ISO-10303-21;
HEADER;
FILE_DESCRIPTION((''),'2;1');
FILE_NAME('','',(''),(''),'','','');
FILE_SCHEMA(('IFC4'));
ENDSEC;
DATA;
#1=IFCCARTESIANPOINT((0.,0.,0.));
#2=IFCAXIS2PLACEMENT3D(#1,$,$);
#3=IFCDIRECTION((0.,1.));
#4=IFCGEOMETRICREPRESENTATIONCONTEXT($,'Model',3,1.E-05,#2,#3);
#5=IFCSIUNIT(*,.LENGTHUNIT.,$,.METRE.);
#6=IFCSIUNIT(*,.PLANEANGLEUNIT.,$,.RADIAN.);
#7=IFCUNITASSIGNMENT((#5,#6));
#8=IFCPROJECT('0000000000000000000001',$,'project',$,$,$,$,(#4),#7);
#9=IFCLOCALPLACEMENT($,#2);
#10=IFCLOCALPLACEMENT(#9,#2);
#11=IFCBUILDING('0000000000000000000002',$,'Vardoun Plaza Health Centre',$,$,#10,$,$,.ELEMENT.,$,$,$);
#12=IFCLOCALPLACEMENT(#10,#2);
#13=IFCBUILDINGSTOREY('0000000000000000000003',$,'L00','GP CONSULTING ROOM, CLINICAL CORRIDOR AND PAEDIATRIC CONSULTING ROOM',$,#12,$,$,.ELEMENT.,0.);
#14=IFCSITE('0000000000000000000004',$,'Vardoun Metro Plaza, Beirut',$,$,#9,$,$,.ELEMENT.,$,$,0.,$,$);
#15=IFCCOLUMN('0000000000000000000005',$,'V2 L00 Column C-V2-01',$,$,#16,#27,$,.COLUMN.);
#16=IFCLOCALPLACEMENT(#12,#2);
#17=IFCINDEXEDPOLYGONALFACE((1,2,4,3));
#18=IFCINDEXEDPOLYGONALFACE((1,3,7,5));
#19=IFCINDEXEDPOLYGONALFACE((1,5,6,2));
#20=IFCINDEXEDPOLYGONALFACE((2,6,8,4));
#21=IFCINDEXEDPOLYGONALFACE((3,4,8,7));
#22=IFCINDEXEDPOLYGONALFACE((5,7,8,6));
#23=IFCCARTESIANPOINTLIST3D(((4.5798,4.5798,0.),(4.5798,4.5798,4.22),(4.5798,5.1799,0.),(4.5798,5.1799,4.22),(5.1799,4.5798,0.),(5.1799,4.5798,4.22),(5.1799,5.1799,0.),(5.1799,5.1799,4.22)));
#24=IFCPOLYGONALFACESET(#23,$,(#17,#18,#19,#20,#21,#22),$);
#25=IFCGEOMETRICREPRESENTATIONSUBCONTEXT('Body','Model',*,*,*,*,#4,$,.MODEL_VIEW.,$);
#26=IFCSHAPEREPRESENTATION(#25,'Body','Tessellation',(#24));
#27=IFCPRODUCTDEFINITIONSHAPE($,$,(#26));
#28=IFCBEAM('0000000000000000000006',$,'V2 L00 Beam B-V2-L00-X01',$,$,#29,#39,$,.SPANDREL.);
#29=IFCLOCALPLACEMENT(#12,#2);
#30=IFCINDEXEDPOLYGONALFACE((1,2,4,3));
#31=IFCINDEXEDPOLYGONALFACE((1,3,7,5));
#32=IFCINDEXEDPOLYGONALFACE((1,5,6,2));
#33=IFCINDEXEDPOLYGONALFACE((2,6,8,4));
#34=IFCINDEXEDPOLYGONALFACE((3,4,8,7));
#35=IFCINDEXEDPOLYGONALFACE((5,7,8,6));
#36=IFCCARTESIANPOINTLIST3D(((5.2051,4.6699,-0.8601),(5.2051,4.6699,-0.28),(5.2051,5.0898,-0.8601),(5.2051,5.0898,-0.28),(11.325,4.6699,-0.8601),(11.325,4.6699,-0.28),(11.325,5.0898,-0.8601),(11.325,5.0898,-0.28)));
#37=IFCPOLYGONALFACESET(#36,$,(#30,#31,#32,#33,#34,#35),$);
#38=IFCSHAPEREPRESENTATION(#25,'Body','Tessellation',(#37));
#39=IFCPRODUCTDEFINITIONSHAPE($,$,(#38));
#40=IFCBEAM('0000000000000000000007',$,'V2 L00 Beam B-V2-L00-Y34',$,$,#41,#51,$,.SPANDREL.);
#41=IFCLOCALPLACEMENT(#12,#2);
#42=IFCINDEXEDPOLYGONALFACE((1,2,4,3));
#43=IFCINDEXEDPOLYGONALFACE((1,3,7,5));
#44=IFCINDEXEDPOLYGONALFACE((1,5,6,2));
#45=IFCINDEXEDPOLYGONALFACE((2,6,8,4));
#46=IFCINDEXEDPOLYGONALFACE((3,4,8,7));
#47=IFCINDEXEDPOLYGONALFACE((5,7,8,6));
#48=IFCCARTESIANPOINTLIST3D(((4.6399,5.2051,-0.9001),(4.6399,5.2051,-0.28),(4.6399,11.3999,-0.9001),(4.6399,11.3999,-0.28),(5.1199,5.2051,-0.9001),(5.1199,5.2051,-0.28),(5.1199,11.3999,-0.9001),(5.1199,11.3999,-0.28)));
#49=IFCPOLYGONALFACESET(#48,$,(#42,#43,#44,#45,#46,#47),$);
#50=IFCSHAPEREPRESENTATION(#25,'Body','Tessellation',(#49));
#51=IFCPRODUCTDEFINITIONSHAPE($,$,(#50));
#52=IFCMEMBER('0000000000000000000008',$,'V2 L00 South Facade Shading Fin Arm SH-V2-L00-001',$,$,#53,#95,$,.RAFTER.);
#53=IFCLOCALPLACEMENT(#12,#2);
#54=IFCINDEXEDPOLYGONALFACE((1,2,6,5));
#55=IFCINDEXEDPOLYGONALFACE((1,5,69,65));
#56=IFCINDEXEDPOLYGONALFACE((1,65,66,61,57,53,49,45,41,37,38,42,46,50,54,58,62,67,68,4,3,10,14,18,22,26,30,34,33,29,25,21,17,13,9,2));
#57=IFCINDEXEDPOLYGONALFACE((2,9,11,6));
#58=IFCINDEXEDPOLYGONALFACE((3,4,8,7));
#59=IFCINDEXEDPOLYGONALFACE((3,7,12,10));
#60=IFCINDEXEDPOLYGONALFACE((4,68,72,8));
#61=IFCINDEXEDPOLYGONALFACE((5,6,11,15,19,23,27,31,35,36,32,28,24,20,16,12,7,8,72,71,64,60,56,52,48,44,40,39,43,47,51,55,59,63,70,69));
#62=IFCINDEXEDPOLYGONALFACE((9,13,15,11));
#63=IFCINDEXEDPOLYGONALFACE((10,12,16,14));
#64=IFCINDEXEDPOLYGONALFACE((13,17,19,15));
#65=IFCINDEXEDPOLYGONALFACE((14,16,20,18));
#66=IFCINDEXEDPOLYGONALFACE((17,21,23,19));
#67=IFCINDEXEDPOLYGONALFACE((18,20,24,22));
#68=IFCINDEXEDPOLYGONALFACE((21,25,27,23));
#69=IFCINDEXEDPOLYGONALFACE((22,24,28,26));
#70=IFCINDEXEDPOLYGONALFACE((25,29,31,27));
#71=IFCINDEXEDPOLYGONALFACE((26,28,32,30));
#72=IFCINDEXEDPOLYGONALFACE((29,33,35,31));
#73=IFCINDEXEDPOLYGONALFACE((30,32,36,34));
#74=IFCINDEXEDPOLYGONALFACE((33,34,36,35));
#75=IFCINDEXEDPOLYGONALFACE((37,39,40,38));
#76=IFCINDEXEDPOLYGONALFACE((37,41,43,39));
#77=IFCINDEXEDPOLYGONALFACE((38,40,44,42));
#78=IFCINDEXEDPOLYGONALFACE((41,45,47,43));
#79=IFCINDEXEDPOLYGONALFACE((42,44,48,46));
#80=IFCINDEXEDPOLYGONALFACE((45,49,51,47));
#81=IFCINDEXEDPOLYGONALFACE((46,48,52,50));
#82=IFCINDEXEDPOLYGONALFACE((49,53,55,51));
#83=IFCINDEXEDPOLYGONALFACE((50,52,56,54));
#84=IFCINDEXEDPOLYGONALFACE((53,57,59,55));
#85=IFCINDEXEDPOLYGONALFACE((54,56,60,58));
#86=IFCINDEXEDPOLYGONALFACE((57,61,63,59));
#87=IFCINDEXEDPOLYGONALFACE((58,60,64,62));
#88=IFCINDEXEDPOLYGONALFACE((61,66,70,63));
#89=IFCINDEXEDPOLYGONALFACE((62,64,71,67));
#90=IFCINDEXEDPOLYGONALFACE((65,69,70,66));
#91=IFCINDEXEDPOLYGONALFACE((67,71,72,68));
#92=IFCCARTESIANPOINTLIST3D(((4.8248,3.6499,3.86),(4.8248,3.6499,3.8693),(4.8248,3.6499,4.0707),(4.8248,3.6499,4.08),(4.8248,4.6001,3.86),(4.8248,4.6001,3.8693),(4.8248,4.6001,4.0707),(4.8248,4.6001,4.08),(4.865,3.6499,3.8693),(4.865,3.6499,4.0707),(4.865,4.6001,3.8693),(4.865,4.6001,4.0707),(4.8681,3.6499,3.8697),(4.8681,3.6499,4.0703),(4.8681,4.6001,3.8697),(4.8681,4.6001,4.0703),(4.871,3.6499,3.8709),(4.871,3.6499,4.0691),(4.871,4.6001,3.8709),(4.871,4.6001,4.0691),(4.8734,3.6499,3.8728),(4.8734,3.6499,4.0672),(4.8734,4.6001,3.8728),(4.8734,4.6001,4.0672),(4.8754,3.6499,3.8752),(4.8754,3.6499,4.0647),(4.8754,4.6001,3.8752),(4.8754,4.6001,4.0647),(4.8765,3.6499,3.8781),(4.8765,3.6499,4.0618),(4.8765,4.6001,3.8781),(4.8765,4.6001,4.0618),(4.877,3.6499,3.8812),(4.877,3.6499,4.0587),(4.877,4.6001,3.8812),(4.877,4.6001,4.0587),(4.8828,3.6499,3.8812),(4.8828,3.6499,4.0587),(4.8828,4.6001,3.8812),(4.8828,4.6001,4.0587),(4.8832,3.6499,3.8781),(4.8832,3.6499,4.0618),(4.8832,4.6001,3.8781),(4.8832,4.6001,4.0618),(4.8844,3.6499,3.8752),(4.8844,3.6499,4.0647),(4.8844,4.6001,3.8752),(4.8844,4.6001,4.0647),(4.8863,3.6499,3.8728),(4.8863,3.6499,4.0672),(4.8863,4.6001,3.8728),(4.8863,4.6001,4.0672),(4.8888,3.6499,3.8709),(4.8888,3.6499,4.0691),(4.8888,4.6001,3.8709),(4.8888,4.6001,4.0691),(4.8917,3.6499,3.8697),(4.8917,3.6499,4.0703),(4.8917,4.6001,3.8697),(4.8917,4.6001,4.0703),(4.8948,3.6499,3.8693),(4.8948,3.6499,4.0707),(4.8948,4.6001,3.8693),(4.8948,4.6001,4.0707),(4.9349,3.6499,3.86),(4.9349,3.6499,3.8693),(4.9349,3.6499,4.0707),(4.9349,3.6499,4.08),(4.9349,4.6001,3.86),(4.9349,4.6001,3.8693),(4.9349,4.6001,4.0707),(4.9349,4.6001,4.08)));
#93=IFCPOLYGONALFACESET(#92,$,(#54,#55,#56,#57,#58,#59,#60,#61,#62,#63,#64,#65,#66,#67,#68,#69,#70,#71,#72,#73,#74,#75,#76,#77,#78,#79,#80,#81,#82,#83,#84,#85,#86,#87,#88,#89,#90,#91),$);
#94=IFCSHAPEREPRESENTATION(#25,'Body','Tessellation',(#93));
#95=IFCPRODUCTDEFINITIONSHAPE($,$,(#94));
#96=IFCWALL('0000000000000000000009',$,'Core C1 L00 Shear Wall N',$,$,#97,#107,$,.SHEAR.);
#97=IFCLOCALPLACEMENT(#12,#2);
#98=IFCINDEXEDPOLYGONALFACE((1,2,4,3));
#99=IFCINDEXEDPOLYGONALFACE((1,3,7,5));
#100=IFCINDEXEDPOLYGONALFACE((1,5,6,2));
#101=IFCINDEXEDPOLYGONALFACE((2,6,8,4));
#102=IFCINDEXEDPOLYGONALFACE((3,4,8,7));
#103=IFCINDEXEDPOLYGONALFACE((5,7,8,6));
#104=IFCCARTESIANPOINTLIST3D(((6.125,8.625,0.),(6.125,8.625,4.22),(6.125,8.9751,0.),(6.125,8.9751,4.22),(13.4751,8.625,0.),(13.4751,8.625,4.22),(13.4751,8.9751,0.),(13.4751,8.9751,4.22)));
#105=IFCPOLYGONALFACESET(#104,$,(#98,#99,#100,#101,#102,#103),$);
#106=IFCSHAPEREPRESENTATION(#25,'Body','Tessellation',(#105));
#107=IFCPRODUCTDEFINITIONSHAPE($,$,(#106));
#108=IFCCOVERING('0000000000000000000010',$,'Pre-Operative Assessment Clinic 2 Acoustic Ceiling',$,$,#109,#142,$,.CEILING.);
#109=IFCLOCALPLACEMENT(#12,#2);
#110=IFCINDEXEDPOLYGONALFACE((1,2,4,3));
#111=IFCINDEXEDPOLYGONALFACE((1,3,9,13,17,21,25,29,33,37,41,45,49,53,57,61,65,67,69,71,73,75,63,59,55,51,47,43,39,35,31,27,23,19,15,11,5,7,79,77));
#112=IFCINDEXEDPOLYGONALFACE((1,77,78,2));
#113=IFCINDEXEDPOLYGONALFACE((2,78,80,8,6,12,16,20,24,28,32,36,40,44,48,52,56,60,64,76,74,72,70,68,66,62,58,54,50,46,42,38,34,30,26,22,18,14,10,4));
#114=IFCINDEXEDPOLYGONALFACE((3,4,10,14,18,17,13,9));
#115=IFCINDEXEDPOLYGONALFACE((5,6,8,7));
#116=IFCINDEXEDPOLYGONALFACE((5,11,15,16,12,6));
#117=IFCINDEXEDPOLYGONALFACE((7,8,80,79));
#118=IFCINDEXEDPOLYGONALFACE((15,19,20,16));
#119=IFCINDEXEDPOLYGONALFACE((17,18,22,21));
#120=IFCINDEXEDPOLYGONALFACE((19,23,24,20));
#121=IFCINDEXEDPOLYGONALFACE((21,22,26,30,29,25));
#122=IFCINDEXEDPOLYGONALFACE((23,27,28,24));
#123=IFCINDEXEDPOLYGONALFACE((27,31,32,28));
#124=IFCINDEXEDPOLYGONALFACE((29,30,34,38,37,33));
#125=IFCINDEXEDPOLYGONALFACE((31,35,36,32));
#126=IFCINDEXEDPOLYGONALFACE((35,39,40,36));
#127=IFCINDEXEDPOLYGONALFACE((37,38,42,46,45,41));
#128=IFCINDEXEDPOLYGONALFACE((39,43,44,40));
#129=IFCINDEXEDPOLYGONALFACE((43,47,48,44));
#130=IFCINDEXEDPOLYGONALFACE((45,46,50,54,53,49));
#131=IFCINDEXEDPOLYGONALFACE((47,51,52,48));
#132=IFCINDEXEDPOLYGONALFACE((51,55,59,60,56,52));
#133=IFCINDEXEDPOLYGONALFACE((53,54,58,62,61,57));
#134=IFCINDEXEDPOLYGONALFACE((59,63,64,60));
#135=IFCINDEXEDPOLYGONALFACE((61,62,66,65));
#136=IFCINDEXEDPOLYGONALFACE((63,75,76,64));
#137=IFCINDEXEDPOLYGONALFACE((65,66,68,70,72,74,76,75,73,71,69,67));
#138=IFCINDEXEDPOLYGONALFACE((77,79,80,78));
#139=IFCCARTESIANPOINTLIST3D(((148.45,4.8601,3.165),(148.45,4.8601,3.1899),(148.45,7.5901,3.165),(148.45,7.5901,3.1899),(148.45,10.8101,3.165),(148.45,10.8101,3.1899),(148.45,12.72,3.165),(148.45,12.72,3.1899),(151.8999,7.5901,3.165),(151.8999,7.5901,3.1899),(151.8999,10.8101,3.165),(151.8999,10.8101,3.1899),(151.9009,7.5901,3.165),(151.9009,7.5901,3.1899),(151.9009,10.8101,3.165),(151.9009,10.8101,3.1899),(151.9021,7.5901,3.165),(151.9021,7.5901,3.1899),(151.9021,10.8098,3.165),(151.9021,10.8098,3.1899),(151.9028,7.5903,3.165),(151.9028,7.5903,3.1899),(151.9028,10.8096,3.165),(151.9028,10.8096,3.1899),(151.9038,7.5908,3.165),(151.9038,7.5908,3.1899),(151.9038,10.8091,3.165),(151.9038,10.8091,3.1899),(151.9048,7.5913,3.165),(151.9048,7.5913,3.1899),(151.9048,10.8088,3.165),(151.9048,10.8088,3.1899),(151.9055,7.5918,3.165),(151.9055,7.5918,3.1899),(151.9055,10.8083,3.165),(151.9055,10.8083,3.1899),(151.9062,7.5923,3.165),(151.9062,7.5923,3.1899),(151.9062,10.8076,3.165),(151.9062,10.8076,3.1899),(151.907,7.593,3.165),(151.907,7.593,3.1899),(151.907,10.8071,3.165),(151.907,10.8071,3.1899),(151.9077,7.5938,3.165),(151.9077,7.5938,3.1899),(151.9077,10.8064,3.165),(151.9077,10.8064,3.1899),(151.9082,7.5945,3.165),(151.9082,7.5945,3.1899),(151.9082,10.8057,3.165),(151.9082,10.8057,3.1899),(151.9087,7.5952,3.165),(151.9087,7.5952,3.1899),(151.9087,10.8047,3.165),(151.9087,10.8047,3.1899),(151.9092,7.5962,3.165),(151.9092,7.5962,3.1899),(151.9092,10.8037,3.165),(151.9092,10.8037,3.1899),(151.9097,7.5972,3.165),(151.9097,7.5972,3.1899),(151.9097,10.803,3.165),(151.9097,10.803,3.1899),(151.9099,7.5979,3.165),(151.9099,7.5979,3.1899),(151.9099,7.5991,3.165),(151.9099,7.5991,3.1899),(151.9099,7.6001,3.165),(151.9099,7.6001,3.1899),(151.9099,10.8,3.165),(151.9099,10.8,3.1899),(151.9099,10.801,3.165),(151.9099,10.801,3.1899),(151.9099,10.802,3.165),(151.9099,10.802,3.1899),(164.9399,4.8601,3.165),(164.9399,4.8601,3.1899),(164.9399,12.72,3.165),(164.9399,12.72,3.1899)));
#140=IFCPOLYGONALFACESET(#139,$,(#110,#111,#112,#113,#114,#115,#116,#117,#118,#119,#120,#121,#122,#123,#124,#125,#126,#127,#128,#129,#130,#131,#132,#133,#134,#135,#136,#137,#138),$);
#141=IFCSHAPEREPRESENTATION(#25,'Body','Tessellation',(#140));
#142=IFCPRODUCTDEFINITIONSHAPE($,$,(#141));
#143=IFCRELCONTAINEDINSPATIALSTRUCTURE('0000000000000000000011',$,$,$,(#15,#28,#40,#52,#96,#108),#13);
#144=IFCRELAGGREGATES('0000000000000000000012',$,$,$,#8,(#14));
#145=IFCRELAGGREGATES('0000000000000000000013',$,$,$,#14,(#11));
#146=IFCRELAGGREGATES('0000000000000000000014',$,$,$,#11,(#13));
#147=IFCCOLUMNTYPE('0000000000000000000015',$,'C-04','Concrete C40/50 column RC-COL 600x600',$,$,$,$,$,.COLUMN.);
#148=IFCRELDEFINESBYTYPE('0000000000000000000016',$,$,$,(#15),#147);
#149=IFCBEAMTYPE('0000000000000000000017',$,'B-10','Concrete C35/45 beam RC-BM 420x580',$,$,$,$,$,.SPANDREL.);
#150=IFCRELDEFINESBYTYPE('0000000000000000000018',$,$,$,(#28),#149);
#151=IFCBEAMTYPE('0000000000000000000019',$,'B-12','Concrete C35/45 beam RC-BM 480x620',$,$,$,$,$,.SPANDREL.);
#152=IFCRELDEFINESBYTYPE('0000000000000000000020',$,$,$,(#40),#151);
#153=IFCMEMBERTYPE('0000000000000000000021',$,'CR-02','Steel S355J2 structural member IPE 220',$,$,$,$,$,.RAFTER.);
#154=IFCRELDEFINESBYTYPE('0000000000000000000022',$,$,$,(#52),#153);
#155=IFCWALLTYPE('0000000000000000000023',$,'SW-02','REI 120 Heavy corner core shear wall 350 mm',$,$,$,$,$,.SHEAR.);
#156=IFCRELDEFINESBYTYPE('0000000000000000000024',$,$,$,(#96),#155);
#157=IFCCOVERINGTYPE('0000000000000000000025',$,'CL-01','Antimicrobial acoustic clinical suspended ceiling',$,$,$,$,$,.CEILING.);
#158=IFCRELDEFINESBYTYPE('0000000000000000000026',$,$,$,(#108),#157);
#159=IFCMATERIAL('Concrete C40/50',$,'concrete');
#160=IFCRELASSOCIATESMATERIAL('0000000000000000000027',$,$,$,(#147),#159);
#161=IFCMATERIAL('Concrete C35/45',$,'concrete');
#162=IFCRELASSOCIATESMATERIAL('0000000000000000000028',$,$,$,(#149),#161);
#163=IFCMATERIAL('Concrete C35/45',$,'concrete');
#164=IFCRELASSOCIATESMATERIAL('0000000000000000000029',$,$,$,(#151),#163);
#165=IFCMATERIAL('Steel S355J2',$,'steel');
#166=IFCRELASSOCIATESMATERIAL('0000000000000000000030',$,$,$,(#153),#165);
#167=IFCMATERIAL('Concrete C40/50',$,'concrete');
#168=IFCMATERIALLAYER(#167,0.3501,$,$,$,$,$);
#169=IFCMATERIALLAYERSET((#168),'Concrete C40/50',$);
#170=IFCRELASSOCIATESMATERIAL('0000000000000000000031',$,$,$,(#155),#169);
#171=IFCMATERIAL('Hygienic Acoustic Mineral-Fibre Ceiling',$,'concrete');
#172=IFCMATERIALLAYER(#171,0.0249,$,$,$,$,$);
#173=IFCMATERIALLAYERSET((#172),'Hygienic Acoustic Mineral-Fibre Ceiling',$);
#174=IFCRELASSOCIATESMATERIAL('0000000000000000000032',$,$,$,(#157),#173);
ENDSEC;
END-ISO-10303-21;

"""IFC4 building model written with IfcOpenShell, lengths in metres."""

from ifc_helpers import new_model, si_unit, direction, frame, frame_2d, origin, origin_2d, place, context, subcontext, project, spatial, polyline, rectangle, i_section, outline, extrude, material, layer, layer_set, material_profile, profile_set, type_object, element, save


model = new_model("IFC4")

# Units and contexts
model_context = context("Model", 3, precision=1e-05, world=origin(), true_north=direction((0.0, 1.0)))
body_context = subcontext(model_context, "Body", "Model", "MODEL_VIEW")
ifc_project = project(units=[si_unit("LENGTHUNIT", "METRE"), si_unit("PLANEANGLEUNIT", "RADIAN")], contexts=[model_context])

# Site, building, storey
site_placement = place(None, origin())
site = spatial("IfcSite", under=ifc_project, at=site_placement, Name="Vardoun Metro Plaza, Beirut", CompositionType="ELEMENT", RefElevation=0.0)
building_placement = place(site_placement, origin())
building = spatial("IfcBuilding", under=site, at=building_placement, Name="Vardoun Plaza Health Centre", CompositionType="ELEMENT")
storey_placement = place(building_placement, origin())
storey = spatial("IfcBuildingStorey", under=building, at=storey_placement, Name="L00", Description="GP CONSULTING ROOM, CLINICAL CORRIDOR AND PAEDIATRIC CONSULTING ROOM", CompositionType="ELEMENT", Elevation=0.0)

# Column
ifc_material_1 = material(Name="Concrete C40/50", Category="concrete")
ifc_material_profile_1 = material_profile(ifc_material_1, rectangle(XDim=0.6001, YDim=0.6001, at=origin_2d()), Name="RC-COL 600x600")
ifc_profile_set_1 = profile_set([ifc_material_profile_1], Name="Concrete C40/50")
column_type = type_object("IfcColumnType", Name="C-04", Description="Concrete C40/50 column RC-COL 600x600", PredefinedType="COLUMN", material=ifc_profile_set_1)
column_placement = place(storey_placement, frame((4.8799, 4.8799, 0.0), z_axis=(0.0, 0.0, 1.0), x_axis=(1.0, 0.0, 0.0)))
element("IfcColumn", 1, at=column_placement, inside=storey, type_object=column_type, Name="V2 L00 Column C-V2-01", PredefinedType="COLUMN", context=body_context, shape_type="SweptSolid", body=[
    extrude(rectangle(XDim=0.6001, YDim=0.6001, at=origin_2d()), origin(), (0.0, 0.0, 1.0), 4.22),
])

# Beams
ifc_material_2 = material(Name="Concrete C35/45", Category="concrete")
ifc_material_profile_2 = material_profile(ifc_material_2, rectangle(XDim=0.4199, YDim=0.5801, at=origin_2d()), Name="RC-BM 420x580")
ifc_profile_set_2 = profile_set([ifc_material_profile_2], Name="Concrete C35/45")
beam_type_1 = type_object("IfcBeamType", Name="B-10", Description="Concrete C35/45 beam RC-BM 420x580", PredefinedType="SPANDREL", material=ifc_profile_set_2)
beam_1_placement = place(storey_placement, frame((5.2051, 4.8799, -0.5701), z_axis=(1.0, 0.0, 0.0), x_axis=(0.0, 1.0, 0.0)))
element("IfcBeam", 2, at=beam_1_placement, inside=storey, type_object=beam_type_1, Name="V2 L00 Beam B-V2-L00-X01", PredefinedType="SPANDREL", context=body_context, shape_type="SweptSolid", body=[
    extrude(rectangle(XDim=0.4199, YDim=0.5801, at=origin_2d()), origin(), (0.0, 0.0, 1.0), 6.1199),
])
ifc_material_3 = material(Name="Concrete C35/45", Category="concrete")
ifc_material_profile_3 = material_profile(ifc_material_3, rectangle(XDim=0.48, YDim=0.6201, at=origin_2d()), Name="RC-BM 480x620")
ifc_profile_set_3 = profile_set([ifc_material_profile_3], Name="Concrete C35/45")
beam_type_2 = type_object("IfcBeamType", Name="B-12", Description="Concrete C35/45 beam RC-BM 480x620", PredefinedType="SPANDREL", material=ifc_profile_set_3)
beam_2_placement = place(storey_placement, frame((4.8799, 5.2051, -0.5901), z_axis=(0.0, 1.0, 0.0), x_axis=(-1.0, 0.0, 0.0)))
element("IfcBeam", 3, at=beam_2_placement, inside=storey, type_object=beam_type_2, Name="V2 L00 Beam B-V2-L00-Y34", PredefinedType="SPANDREL", context=body_context, shape_type="SweptSolid", body=[
    extrude(rectangle(XDim=0.48, YDim=0.6201, at=origin_2d()), origin(), (0.0, 0.0, 1.0), 6.1948),
])

# Member
ifc_material_4 = material(Name="Steel S355J2", Category="steel")
ifc_material_profile_4 = material_profile(ifc_material_4, i_section(OverallWidth=0.1101, OverallDepth=0.22, WebThickness=0.0059, FlangeThickness=0.0093, FilletRadius=0.012, at=origin_2d()), Name="IPE 220")
ifc_profile_set_4 = profile_set([ifc_material_profile_4], Name="Steel S355J2")
member_type = type_object("IfcMemberType", Name="CR-02", Description="Steel S355J2 structural member IPE 220", PredefinedType="RAFTER", material=ifc_profile_set_4)
member_placement = place(storey_placement, frame((4.8799, 4.6001, 3.97), z_axis=(0.0, -1.0, 0.0), x_axis=(1.0, 0.0, 0.0)))
element("IfcMember", 4, at=member_placement, inside=storey, type_object=member_type, Name="V2 L00 South Facade Shading Fin Arm SH-V2-L00-001", PredefinedType="RAFTER", context=body_context, shape_type="SweptSolid", body=[
    extrude(i_section(OverallWidth=0.1101, OverallDepth=0.22, WebThickness=0.0059, FlangeThickness=0.0093, FilletRadius=0.012, at=origin_2d()), origin(), (0.0, 0.0, 1.0), 0.9502),
])

# Wall
ifc_material_5 = material(Name="Concrete C40/50", Category="concrete")
ifc_layer_1 = layer(ifc_material_5, 0.3501)
ifc_layer_set_1 = layer_set([ifc_layer_1], Name="Concrete C40/50")
wall_type_1 = type_object("IfcWallType", Name="SW-02", Description="REI 120 Heavy corner core shear wall 350 mm", PredefinedType="SHEAR", material=ifc_layer_set_1)
wall_1_placement = place(storey_placement, frame((6.125, 8.8, 0.0), z_axis=(0.0, 0.0, 1.0), x_axis=(1.0, 0.0, 0.0)))
element("IfcWall", 5, at=wall_1_placement, inside=storey, type_object=wall_type_1, Name="Core C1 L00 Shear Wall N", PredefinedType="SHEAR", context=body_context, shape_type="SweptSolid", body=[
    extrude(rectangle(XDim=7.3501, YDim=0.3501, at=frame_2d((3.675, 0.0))), origin(), (0.0, 0.0, 1.0), 4.22),
])

# Covering
ifc_material_6 = material(Name="Hygienic Acoustic Mineral-Fibre Ceiling", Category="concrete")
ifc_layer_2 = layer(ifc_material_6, 0.0249)
ifc_layer_set_2 = layer_set([ifc_layer_2], Name="Hygienic Acoustic Mineral-Fibre Ceiling")
covering_type_1 = type_object("IfcCoveringType", Name="CL-01", Description="Antimicrobial acoustic clinical suspended ceiling", PredefinedType="CEILING", material=ifc_layer_set_2)
covering_1_placement = place(storey_placement, frame((0.0, 0.0, 3.165)))
element("IfcCovering", 6, at=covering_1_placement, inside=storey, type_object=covering_type_1, Name="Pre-Operative Assessment Clinic 2 Acoustic Ceiling", PredefinedType="CEILING", context=body_context, shape_type="SweptSolid", body=[
    extrude(outline(polyline([(148.45, 4.8601), (148.45, 7.5901), (151.8999, 7.5901), (151.9009, 7.5901), (151.9021, 7.5901), (151.9028, 7.5903), (151.9038, 7.5908), (151.9048, 7.5913), (151.9055, 7.5918), (151.9062, 7.5923), (151.907, 7.593), (151.9077, 7.5938), (151.9082, 7.5945), (151.9087, 7.5952), (151.9092, 7.5962), (151.9097, 7.5972), (151.9099, 7.5979), (151.9099, 7.5991), (151.9099, 7.6001), (151.9099, 10.8), (151.9099, 10.801), (151.9099, 10.802), (151.9097, 10.803), (151.9092, 10.8037), (151.9087, 10.8047), (151.9082, 10.8057), (151.9077, 10.8064), (151.907, 10.8071), (151.9062, 10.8076), (151.9055, 10.8083), (151.9048, 10.8088), (151.9038, 10.8091), (151.9028, 10.8096), (151.9021, 10.8098), (151.9009, 10.8101), (151.8999, 10.8101), (148.45, 10.8101), (148.45, 12.72), (164.9399, 12.72), (164.9399, 4.8601), (148.45, 4.8601)])), origin(), (0.0, 0.0, 1.0), 0.0249),
])

save(model, "model.ifc")
